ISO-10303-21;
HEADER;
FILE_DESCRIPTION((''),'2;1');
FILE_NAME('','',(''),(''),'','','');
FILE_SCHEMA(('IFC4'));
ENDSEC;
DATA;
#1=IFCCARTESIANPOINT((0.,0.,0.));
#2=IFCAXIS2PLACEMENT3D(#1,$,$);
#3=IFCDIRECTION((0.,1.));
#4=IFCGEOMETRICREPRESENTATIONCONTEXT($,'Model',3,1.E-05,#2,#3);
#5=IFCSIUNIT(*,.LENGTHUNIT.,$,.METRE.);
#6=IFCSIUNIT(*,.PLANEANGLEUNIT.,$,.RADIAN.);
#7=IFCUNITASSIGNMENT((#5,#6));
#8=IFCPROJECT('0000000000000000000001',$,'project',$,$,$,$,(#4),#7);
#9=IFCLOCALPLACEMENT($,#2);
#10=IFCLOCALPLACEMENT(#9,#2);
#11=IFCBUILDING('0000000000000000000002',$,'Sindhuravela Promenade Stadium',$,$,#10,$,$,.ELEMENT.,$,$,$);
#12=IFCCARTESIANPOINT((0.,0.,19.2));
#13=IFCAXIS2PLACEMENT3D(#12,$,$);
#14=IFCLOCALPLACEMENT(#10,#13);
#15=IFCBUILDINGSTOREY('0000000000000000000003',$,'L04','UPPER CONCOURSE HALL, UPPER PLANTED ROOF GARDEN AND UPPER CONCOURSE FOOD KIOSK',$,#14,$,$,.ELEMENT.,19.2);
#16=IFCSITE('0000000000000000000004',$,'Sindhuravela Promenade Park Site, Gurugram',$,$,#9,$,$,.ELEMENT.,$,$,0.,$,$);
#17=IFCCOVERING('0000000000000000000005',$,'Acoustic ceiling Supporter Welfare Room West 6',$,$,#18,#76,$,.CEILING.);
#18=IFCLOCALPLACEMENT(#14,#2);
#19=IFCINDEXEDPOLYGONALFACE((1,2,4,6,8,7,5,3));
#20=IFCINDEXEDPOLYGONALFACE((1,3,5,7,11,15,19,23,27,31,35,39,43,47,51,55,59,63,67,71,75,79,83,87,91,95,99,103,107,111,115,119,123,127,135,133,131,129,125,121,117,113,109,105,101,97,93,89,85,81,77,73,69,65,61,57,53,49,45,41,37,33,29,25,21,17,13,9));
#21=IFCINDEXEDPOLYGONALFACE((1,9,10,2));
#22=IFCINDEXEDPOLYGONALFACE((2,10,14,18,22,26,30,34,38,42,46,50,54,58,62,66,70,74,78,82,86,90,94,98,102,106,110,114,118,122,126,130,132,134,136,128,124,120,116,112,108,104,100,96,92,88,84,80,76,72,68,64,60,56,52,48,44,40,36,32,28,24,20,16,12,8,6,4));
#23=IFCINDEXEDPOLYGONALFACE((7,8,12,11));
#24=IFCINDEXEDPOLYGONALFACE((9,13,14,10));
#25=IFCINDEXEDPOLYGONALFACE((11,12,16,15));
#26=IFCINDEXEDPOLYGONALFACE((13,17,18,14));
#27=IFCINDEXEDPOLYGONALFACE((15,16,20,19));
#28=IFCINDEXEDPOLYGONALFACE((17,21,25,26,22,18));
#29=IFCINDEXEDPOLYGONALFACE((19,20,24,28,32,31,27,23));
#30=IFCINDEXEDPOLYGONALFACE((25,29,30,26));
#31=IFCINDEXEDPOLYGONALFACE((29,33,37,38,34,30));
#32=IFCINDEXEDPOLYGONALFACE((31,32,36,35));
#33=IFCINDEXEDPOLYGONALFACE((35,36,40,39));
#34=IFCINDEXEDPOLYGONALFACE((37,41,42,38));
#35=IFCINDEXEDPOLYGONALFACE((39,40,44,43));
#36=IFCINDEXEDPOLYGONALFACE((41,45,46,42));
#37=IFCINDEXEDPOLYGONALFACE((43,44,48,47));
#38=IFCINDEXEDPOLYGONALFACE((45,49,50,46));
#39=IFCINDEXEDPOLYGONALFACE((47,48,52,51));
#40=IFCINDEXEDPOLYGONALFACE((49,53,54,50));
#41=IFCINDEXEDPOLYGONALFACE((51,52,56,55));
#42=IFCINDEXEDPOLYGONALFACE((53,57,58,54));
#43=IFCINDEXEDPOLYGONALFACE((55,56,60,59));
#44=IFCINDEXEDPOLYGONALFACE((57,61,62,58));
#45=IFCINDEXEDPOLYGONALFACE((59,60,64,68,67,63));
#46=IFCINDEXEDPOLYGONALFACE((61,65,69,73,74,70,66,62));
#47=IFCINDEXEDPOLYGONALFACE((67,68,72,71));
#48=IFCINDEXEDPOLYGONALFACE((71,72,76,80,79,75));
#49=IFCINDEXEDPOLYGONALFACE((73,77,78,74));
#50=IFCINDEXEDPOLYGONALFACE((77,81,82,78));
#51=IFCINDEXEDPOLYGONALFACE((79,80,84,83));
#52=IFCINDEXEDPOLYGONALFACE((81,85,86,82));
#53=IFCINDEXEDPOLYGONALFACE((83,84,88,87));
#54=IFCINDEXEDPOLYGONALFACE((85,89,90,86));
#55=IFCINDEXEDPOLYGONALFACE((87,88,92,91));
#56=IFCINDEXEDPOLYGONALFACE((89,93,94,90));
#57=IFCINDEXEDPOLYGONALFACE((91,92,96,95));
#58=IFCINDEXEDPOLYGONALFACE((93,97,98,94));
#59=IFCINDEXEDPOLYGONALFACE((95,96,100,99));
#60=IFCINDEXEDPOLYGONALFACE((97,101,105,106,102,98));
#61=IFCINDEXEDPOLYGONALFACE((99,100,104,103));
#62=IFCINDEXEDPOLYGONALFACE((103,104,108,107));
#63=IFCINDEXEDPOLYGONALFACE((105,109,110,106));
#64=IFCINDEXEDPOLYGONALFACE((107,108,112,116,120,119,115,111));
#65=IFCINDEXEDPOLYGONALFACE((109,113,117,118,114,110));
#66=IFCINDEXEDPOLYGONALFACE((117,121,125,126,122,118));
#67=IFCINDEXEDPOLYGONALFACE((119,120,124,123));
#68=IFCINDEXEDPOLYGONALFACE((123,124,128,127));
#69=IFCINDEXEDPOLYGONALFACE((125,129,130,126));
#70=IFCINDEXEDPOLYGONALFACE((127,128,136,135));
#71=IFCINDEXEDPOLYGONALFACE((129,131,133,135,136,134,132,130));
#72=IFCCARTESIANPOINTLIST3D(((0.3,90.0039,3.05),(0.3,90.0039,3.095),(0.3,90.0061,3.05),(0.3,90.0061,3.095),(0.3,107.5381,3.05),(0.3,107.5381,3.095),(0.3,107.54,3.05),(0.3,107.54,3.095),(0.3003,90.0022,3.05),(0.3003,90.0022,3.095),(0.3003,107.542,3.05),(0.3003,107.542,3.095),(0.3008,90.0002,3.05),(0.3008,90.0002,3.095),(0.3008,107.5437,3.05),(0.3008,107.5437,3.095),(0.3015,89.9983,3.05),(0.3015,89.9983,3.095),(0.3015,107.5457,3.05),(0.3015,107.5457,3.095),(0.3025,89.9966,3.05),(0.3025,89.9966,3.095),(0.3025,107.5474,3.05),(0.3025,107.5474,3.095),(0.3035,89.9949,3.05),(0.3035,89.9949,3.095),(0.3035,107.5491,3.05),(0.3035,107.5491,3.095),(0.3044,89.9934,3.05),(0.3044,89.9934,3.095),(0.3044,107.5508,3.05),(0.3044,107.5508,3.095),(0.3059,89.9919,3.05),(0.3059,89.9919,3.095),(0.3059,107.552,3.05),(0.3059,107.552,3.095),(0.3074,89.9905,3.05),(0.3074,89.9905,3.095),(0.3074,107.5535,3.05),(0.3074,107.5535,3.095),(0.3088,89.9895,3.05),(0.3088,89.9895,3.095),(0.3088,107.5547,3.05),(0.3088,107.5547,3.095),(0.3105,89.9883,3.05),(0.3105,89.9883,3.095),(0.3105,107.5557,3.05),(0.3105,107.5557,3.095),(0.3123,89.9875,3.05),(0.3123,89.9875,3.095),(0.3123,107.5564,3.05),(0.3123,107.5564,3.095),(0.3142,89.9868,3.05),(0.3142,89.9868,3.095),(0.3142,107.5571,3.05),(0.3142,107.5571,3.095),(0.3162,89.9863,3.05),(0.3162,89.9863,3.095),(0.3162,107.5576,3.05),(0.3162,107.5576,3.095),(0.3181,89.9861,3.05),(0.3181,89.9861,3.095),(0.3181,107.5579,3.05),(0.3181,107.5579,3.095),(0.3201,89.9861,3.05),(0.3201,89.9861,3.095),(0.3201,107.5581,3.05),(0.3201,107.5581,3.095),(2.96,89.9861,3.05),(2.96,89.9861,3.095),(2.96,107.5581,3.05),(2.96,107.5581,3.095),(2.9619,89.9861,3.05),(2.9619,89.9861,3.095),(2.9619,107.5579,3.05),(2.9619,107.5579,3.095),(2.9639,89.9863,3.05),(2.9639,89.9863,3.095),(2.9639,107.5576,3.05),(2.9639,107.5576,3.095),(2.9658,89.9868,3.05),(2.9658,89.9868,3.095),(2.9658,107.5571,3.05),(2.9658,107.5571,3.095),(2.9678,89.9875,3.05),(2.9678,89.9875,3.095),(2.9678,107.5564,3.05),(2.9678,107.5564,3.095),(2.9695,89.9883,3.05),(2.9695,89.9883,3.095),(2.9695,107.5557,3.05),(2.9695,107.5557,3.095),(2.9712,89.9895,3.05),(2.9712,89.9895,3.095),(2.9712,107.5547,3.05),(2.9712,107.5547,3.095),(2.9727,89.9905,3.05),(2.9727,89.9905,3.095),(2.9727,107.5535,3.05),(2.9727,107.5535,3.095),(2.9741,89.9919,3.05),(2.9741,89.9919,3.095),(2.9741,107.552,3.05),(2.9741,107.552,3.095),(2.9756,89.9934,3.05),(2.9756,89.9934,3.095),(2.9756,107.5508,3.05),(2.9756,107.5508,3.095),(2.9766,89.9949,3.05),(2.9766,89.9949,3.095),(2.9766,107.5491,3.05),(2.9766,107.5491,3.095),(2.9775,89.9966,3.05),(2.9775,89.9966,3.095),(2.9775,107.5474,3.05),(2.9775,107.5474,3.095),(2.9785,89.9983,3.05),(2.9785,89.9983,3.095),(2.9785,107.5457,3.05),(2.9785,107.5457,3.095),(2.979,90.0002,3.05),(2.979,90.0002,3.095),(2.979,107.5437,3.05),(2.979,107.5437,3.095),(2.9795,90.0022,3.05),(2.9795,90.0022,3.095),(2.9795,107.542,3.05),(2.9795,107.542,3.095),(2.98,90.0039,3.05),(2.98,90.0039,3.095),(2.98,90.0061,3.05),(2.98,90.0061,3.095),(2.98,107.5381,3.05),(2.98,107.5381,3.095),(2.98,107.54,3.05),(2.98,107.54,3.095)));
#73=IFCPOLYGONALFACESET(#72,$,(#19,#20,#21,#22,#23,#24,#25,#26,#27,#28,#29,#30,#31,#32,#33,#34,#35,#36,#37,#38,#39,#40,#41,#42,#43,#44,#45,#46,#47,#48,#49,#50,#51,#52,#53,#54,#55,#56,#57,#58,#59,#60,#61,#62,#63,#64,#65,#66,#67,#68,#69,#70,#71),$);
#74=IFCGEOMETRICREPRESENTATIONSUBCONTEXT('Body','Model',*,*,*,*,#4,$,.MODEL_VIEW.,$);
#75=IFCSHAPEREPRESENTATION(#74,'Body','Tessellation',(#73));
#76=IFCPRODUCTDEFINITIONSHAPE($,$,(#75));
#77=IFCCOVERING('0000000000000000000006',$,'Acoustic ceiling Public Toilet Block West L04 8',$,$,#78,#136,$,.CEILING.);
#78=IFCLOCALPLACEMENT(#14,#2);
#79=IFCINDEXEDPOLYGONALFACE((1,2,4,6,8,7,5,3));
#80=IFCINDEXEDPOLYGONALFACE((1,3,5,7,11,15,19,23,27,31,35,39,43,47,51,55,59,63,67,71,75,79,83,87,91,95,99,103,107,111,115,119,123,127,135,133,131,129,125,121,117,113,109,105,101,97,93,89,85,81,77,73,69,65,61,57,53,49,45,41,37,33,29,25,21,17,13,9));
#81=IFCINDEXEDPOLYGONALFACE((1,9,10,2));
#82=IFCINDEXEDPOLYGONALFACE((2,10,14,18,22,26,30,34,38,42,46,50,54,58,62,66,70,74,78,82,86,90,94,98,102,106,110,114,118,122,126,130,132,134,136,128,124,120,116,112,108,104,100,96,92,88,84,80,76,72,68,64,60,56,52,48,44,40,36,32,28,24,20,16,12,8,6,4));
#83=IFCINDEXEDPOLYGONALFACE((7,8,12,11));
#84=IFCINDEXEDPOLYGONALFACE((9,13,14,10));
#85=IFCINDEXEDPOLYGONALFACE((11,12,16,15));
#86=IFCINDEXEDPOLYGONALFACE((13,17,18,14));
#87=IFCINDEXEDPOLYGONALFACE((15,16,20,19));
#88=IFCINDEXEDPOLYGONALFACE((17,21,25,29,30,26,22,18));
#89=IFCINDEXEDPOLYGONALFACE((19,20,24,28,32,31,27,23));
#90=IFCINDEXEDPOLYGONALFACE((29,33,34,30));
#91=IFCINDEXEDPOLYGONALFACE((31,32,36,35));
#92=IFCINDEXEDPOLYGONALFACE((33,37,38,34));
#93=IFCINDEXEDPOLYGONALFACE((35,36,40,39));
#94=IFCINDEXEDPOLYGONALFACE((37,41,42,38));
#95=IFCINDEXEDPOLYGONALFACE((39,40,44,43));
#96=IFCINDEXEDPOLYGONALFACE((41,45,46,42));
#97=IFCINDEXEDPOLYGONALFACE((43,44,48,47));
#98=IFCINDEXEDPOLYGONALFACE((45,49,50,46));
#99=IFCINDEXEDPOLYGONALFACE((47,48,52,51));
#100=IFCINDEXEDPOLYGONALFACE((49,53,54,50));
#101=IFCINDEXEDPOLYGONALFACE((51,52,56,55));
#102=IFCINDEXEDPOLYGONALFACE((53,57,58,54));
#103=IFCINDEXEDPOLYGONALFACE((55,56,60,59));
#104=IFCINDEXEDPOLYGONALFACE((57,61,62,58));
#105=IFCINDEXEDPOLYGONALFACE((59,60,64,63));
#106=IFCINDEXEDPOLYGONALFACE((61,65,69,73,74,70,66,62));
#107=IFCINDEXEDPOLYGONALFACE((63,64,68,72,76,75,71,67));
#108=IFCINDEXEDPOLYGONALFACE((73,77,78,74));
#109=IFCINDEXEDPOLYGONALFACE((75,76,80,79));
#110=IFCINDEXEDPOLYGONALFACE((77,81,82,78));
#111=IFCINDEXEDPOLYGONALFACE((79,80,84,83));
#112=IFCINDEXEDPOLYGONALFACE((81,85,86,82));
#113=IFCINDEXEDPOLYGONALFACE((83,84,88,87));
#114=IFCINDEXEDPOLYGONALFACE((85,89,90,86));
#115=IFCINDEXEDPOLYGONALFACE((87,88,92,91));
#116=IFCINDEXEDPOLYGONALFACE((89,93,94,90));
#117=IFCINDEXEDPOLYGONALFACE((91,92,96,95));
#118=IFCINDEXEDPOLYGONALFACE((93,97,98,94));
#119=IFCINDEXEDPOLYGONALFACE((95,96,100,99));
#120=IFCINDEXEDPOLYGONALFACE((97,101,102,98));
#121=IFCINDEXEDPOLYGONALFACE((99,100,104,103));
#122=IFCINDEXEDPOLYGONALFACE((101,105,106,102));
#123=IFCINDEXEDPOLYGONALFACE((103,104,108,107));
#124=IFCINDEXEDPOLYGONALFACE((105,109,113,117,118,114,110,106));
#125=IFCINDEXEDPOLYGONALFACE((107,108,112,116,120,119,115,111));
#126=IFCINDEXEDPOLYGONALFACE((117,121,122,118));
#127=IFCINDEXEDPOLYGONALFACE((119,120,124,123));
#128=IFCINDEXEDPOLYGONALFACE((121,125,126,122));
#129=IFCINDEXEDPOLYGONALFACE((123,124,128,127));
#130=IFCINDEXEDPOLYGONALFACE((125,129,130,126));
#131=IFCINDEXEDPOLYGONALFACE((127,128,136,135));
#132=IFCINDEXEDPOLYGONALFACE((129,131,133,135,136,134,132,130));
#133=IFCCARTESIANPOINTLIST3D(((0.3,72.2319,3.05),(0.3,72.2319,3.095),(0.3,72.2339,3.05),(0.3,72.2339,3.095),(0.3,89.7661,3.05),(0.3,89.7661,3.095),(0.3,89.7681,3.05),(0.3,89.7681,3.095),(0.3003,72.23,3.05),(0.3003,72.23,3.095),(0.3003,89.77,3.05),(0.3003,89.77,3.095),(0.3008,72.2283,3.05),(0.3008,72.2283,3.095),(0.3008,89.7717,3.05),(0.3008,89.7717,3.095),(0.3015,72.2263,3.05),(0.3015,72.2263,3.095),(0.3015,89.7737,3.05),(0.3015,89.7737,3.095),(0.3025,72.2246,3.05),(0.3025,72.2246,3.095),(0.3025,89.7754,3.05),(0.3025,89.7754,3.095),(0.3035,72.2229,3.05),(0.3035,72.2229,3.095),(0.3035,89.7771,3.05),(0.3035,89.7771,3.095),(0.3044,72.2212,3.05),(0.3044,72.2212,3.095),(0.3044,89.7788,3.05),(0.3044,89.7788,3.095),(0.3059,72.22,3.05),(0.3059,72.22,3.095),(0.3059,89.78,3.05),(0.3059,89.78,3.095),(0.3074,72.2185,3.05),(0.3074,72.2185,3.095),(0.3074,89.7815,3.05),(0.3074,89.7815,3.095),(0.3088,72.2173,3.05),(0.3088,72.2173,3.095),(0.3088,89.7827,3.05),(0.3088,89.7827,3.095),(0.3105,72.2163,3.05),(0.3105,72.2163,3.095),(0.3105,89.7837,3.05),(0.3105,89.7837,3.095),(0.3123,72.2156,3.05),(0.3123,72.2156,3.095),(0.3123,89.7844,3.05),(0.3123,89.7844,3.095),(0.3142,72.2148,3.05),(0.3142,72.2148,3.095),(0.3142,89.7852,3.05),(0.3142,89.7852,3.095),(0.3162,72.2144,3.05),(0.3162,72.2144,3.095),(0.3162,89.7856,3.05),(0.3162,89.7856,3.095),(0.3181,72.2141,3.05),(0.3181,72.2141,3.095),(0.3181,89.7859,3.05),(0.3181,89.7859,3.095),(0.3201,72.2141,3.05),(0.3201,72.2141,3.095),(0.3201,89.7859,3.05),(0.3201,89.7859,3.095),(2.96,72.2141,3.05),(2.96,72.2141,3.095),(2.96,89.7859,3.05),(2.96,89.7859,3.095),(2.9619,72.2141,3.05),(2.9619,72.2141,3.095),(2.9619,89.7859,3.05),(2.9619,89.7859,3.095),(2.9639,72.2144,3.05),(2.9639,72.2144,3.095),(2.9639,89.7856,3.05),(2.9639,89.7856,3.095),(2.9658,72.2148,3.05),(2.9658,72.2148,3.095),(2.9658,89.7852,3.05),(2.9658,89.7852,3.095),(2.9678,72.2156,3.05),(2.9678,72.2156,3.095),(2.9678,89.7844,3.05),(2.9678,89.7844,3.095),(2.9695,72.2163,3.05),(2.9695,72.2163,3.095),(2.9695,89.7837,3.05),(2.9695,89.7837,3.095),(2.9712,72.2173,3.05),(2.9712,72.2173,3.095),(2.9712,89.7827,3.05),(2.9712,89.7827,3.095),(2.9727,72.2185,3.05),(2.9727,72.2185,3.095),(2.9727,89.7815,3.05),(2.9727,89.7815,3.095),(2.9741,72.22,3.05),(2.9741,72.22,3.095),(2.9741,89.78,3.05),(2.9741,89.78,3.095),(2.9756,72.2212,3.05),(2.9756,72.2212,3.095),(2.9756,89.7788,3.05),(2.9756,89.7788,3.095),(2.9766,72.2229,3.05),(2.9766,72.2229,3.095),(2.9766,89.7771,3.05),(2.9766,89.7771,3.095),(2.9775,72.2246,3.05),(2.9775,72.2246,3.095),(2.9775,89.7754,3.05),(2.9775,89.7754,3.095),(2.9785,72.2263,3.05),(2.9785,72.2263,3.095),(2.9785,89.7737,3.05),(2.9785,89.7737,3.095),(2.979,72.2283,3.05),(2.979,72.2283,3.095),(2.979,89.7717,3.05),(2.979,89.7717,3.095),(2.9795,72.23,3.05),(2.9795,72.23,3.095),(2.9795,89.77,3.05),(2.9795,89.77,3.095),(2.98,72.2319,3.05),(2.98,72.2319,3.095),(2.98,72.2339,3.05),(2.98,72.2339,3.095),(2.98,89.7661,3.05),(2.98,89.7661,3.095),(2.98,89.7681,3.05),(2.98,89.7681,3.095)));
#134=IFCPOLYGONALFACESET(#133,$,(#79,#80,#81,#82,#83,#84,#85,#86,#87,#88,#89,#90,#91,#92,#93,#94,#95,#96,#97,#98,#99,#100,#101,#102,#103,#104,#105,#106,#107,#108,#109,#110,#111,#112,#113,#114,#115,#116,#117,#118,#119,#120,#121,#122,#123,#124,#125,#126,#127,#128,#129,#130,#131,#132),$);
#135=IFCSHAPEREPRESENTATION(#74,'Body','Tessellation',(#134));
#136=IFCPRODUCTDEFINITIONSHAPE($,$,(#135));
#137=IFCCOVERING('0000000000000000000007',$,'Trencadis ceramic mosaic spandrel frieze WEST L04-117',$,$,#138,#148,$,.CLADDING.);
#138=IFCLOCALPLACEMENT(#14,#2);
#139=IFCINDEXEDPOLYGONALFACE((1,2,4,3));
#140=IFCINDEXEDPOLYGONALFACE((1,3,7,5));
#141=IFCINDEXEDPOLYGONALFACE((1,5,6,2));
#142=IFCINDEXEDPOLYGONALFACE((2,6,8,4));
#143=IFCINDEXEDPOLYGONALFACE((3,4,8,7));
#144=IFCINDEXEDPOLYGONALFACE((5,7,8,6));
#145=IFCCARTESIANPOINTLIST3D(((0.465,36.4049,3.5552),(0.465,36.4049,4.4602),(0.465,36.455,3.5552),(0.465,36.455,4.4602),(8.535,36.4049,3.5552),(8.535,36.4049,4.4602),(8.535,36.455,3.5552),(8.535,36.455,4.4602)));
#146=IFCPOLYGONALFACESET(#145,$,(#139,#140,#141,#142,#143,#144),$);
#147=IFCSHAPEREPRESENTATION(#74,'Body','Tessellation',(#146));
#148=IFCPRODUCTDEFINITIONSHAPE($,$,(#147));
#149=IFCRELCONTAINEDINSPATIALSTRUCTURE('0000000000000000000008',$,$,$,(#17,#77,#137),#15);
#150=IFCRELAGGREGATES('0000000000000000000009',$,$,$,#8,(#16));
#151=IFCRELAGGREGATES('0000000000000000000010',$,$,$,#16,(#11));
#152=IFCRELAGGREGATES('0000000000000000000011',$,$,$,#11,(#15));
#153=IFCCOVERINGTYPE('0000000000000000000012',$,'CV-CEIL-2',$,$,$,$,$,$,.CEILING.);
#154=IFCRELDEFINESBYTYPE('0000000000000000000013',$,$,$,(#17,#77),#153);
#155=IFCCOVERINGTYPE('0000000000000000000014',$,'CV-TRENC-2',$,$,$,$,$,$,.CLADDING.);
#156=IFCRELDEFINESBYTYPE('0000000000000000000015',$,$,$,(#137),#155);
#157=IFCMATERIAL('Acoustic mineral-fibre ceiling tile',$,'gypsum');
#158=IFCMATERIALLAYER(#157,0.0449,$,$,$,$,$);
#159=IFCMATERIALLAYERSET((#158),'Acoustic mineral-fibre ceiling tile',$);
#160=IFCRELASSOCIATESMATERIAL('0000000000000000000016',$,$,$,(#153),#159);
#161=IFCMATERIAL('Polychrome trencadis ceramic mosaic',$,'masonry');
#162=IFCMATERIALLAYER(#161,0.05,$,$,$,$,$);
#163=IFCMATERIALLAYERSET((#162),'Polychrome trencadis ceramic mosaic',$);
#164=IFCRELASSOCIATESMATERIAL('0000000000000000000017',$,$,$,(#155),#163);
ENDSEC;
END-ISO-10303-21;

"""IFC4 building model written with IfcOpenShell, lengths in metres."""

from ifc_helpers import new_model, si_unit, direction, frame, origin, origin_2d, place, context, subcontext, project, spatial, polyline, rectangle, outline, extrude, material, layer, layer_set, type_object, element, save


model = new_model("IFC4")

# Units and contexts
model_context = context("Model", 3, precision=1e-05, world=origin(), true_north=direction((0.0, 1.0)))
body_context = subcontext(model_context, "Body", "Model", "MODEL_VIEW")
ifc_project = project(units=[si_unit("LENGTHUNIT", "METRE"), si_unit("PLANEANGLEUNIT", "RADIAN")], contexts=[model_context])

# Site, building, storey
site_placement = place(None, origin())
site = spatial("IfcSite", under=ifc_project, at=site_placement, Name="Sindhuravela Promenade Park Site, Gurugram", CompositionType="ELEMENT", RefElevation=0.0)
building_placement = place(site_placement, origin())
building = spatial("IfcBuilding", under=site, at=building_placement, Name="Sindhuravela Promenade Stadium", CompositionType="ELEMENT")
storey_placement = place(building_placement, frame((0.0, 0.0, 19.2)))
storey = spatial("IfcBuildingStorey", under=building, at=storey_placement, Name="L04", Description="UPPER CONCOURSE HALL, UPPER PLANTED ROOF GARDEN AND UPPER CONCOURSE FOOD KIOSK", CompositionType="ELEMENT", Elevation=19.2)

# Coverings
ifc_material_1 = material(Name="Acoustic mineral-fibre ceiling tile", Category="gypsum")
ifc_layer_1 = layer(ifc_material_1, 0.0449)
ifc_layer_set_1 = layer_set([ifc_layer_1], Name="Acoustic mineral-fibre ceiling tile")
covering_type_1 = type_object("IfcCoveringType", Name="CV-CEIL-2", PredefinedType="CEILING", material=ifc_layer_set_1)
covering_1_placement = place(storey_placement, frame((0.0, 0.0, 3.05)))
element("IfcCovering", 1, at=covering_1_placement, inside=storey, type_object=covering_type_1, Name="Acoustic ceiling Supporter Welfare Room West 6", PredefinedType="CEILING", context=body_context, shape_type="SweptSolid", body=[
    extrude(outline(polyline([(2.98, 90.0061), (2.98, 90.0039), (2.9795, 90.0022), (2.979, 90.0002), (2.9785, 89.9983), (2.9775, 89.9966), (2.9766, 89.9949), (2.9756, 89.9934), (2.9741, 89.9919), (2.9727, 89.9905), (2.9712, 89.9895), (2.9695, 89.9883), (2.9678, 89.9875), (2.9658, 89.9868), (2.9639, 89.9863), (2.9619, 89.9861), (2.96, 89.9861), (0.3201, 89.9861), (0.3181, 89.9861), (0.3162, 89.9863), (0.3142, 89.9868), (0.3123, 89.9875), (0.3105, 89.9883), (0.3088, 89.9895), (0.3074, 89.9905), (0.3059, 89.9919), (0.3044, 89.9934), (0.3035, 89.9949), (0.3025, 89.9966), (0.3015, 89.9983), (0.3008, 90.0002), (0.3003, 90.0022), (0.3, 90.0039), (0.3, 90.0061), (0.3, 107.5381), (0.3, 107.54), (0.3003, 107.542), (0.3008, 107.5437), (0.3015, 107.5457), (0.3025, 107.5474), (0.3035, 107.5491), (0.3044, 107.5508), (0.3059, 107.552), (0.3074, 107.5535), (0.3088, 107.5547), (0.3105, 107.5557), (0.3123, 107.5564), (0.3142, 107.5571), (0.3162, 107.5576), (0.3181, 107.5579), (0.3201, 107.5581), (2.96, 107.5581), (2.9619, 107.5579), (2.9639, 107.5576), (2.9658, 107.5571), (2.9678, 107.5564), (2.9695, 107.5557), (2.9712, 107.5547), (2.9727, 107.5535), (2.9741, 107.552), (2.9756, 107.5508), (2.9766, 107.5491), (2.9775, 107.5474), (2.9785, 107.5457), (2.979, 107.5437), (2.9795, 107.542), (2.98, 107.54), (2.98, 107.5381), (2.98, 90.0061)])), origin(), (0.0, 0.0, 1.0), 0.0449),
])
covering_2_placement = place(storey_placement, frame((0.0, 0.0, 3.05)))
element("IfcCovering", 2, at=covering_2_placement, inside=storey, type_object=covering_type_1, Name="Acoustic ceiling Public Toilet Block West L04 8", PredefinedType="CEILING", context=body_context, shape_type="SweptSolid", body=[
    extrude(outline(polyline([(2.98, 72.2339), (2.98, 72.2319), (2.9795, 72.23), (2.979, 72.2283), (2.9785, 72.2263), (2.9775, 72.2246), (2.9766, 72.2229), (2.9756, 72.2212), (2.9741, 72.22), (2.9727, 72.2185), (2.9712, 72.2173), (2.9695, 72.2163), (2.9678, 72.2156), (2.9658, 72.2148), (2.9639, 72.2144), (2.9619, 72.2141), (2.96, 72.2141), (0.3201, 72.2141), (0.3181, 72.2141), (0.3162, 72.2144), (0.3142, 72.2148), (0.3123, 72.2156), (0.3105, 72.2163), (0.3088, 72.2173), (0.3074, 72.2185), (0.3059, 72.22), (0.3044, 72.2212), (0.3035, 72.2229), (0.3025, 72.2246), (0.3015, 72.2263), (0.3008, 72.2283), (0.3003, 72.23), (0.3, 72.2319), (0.3, 72.2339), (0.3, 89.7661), (0.3, 89.7681), (0.3003, 89.77), (0.3008, 89.7717), (0.3015, 89.7737), (0.3025, 89.7754), (0.3035, 89.7771), (0.3044, 89.7788), (0.3059, 89.78), (0.3074, 89.7815), (0.3088, 89.7827), (0.3105, 89.7837), (0.3123, 89.7844), (0.3142, 89.7852), (0.3162, 89.7856), (0.3181, 89.7859), (0.3201, 89.7859), (2.96, 89.7859), (2.9619, 89.7859), (2.9639, 89.7856), (2.9658, 89.7852), (2.9678, 89.7844), (2.9695, 89.7837), (2.9712, 89.7827), (2.9727, 89.7815), (2.9741, 89.78), (2.9756, 89.7788), (2.9766, 89.7771), (2.9775, 89.7754), (2.9785, 89.7737), (2.979, 89.7717), (2.9795, 89.77), (2.98, 89.7681), (2.98, 89.7661), (2.98, 72.2339)])), origin(), (0.0, 0.0, 1.0), 0.0449),
])
ifc_material_2 = material(Name="Polychrome trencadis ceramic mosaic", Category="masonry")
ifc_layer_2 = layer(ifc_material_2, 0.05)
ifc_layer_set_2 = layer_set([ifc_layer_2], Name="Polychrome trencadis ceramic mosaic")
covering_type_2 = type_object("IfcCoveringType", Name="CV-TRENC-2", PredefinedType="CLADDING", material=ifc_layer_set_2)
covering_3_placement = place(storey_placement, frame((4.5, 36.4299, 3.5552), z_axis=(0.0, 0.0, 1.0), x_axis=(-1.0, 0.0, 0.0)))
element("IfcCovering", 3, at=covering_3_placement, inside=storey, type_object=covering_type_2, Name="Trencadis ceramic mosaic spandrel frieze WEST L04-117", PredefinedType="CLADDING", context=body_context, shape_type="SweptSolid", body=[
    extrude(rectangle(XDim=8.0701, YDim=0.05, at=origin_2d()), origin(), (0.0, 0.0, 1.0), 0.905),
])

save(model, "model.ifc")
